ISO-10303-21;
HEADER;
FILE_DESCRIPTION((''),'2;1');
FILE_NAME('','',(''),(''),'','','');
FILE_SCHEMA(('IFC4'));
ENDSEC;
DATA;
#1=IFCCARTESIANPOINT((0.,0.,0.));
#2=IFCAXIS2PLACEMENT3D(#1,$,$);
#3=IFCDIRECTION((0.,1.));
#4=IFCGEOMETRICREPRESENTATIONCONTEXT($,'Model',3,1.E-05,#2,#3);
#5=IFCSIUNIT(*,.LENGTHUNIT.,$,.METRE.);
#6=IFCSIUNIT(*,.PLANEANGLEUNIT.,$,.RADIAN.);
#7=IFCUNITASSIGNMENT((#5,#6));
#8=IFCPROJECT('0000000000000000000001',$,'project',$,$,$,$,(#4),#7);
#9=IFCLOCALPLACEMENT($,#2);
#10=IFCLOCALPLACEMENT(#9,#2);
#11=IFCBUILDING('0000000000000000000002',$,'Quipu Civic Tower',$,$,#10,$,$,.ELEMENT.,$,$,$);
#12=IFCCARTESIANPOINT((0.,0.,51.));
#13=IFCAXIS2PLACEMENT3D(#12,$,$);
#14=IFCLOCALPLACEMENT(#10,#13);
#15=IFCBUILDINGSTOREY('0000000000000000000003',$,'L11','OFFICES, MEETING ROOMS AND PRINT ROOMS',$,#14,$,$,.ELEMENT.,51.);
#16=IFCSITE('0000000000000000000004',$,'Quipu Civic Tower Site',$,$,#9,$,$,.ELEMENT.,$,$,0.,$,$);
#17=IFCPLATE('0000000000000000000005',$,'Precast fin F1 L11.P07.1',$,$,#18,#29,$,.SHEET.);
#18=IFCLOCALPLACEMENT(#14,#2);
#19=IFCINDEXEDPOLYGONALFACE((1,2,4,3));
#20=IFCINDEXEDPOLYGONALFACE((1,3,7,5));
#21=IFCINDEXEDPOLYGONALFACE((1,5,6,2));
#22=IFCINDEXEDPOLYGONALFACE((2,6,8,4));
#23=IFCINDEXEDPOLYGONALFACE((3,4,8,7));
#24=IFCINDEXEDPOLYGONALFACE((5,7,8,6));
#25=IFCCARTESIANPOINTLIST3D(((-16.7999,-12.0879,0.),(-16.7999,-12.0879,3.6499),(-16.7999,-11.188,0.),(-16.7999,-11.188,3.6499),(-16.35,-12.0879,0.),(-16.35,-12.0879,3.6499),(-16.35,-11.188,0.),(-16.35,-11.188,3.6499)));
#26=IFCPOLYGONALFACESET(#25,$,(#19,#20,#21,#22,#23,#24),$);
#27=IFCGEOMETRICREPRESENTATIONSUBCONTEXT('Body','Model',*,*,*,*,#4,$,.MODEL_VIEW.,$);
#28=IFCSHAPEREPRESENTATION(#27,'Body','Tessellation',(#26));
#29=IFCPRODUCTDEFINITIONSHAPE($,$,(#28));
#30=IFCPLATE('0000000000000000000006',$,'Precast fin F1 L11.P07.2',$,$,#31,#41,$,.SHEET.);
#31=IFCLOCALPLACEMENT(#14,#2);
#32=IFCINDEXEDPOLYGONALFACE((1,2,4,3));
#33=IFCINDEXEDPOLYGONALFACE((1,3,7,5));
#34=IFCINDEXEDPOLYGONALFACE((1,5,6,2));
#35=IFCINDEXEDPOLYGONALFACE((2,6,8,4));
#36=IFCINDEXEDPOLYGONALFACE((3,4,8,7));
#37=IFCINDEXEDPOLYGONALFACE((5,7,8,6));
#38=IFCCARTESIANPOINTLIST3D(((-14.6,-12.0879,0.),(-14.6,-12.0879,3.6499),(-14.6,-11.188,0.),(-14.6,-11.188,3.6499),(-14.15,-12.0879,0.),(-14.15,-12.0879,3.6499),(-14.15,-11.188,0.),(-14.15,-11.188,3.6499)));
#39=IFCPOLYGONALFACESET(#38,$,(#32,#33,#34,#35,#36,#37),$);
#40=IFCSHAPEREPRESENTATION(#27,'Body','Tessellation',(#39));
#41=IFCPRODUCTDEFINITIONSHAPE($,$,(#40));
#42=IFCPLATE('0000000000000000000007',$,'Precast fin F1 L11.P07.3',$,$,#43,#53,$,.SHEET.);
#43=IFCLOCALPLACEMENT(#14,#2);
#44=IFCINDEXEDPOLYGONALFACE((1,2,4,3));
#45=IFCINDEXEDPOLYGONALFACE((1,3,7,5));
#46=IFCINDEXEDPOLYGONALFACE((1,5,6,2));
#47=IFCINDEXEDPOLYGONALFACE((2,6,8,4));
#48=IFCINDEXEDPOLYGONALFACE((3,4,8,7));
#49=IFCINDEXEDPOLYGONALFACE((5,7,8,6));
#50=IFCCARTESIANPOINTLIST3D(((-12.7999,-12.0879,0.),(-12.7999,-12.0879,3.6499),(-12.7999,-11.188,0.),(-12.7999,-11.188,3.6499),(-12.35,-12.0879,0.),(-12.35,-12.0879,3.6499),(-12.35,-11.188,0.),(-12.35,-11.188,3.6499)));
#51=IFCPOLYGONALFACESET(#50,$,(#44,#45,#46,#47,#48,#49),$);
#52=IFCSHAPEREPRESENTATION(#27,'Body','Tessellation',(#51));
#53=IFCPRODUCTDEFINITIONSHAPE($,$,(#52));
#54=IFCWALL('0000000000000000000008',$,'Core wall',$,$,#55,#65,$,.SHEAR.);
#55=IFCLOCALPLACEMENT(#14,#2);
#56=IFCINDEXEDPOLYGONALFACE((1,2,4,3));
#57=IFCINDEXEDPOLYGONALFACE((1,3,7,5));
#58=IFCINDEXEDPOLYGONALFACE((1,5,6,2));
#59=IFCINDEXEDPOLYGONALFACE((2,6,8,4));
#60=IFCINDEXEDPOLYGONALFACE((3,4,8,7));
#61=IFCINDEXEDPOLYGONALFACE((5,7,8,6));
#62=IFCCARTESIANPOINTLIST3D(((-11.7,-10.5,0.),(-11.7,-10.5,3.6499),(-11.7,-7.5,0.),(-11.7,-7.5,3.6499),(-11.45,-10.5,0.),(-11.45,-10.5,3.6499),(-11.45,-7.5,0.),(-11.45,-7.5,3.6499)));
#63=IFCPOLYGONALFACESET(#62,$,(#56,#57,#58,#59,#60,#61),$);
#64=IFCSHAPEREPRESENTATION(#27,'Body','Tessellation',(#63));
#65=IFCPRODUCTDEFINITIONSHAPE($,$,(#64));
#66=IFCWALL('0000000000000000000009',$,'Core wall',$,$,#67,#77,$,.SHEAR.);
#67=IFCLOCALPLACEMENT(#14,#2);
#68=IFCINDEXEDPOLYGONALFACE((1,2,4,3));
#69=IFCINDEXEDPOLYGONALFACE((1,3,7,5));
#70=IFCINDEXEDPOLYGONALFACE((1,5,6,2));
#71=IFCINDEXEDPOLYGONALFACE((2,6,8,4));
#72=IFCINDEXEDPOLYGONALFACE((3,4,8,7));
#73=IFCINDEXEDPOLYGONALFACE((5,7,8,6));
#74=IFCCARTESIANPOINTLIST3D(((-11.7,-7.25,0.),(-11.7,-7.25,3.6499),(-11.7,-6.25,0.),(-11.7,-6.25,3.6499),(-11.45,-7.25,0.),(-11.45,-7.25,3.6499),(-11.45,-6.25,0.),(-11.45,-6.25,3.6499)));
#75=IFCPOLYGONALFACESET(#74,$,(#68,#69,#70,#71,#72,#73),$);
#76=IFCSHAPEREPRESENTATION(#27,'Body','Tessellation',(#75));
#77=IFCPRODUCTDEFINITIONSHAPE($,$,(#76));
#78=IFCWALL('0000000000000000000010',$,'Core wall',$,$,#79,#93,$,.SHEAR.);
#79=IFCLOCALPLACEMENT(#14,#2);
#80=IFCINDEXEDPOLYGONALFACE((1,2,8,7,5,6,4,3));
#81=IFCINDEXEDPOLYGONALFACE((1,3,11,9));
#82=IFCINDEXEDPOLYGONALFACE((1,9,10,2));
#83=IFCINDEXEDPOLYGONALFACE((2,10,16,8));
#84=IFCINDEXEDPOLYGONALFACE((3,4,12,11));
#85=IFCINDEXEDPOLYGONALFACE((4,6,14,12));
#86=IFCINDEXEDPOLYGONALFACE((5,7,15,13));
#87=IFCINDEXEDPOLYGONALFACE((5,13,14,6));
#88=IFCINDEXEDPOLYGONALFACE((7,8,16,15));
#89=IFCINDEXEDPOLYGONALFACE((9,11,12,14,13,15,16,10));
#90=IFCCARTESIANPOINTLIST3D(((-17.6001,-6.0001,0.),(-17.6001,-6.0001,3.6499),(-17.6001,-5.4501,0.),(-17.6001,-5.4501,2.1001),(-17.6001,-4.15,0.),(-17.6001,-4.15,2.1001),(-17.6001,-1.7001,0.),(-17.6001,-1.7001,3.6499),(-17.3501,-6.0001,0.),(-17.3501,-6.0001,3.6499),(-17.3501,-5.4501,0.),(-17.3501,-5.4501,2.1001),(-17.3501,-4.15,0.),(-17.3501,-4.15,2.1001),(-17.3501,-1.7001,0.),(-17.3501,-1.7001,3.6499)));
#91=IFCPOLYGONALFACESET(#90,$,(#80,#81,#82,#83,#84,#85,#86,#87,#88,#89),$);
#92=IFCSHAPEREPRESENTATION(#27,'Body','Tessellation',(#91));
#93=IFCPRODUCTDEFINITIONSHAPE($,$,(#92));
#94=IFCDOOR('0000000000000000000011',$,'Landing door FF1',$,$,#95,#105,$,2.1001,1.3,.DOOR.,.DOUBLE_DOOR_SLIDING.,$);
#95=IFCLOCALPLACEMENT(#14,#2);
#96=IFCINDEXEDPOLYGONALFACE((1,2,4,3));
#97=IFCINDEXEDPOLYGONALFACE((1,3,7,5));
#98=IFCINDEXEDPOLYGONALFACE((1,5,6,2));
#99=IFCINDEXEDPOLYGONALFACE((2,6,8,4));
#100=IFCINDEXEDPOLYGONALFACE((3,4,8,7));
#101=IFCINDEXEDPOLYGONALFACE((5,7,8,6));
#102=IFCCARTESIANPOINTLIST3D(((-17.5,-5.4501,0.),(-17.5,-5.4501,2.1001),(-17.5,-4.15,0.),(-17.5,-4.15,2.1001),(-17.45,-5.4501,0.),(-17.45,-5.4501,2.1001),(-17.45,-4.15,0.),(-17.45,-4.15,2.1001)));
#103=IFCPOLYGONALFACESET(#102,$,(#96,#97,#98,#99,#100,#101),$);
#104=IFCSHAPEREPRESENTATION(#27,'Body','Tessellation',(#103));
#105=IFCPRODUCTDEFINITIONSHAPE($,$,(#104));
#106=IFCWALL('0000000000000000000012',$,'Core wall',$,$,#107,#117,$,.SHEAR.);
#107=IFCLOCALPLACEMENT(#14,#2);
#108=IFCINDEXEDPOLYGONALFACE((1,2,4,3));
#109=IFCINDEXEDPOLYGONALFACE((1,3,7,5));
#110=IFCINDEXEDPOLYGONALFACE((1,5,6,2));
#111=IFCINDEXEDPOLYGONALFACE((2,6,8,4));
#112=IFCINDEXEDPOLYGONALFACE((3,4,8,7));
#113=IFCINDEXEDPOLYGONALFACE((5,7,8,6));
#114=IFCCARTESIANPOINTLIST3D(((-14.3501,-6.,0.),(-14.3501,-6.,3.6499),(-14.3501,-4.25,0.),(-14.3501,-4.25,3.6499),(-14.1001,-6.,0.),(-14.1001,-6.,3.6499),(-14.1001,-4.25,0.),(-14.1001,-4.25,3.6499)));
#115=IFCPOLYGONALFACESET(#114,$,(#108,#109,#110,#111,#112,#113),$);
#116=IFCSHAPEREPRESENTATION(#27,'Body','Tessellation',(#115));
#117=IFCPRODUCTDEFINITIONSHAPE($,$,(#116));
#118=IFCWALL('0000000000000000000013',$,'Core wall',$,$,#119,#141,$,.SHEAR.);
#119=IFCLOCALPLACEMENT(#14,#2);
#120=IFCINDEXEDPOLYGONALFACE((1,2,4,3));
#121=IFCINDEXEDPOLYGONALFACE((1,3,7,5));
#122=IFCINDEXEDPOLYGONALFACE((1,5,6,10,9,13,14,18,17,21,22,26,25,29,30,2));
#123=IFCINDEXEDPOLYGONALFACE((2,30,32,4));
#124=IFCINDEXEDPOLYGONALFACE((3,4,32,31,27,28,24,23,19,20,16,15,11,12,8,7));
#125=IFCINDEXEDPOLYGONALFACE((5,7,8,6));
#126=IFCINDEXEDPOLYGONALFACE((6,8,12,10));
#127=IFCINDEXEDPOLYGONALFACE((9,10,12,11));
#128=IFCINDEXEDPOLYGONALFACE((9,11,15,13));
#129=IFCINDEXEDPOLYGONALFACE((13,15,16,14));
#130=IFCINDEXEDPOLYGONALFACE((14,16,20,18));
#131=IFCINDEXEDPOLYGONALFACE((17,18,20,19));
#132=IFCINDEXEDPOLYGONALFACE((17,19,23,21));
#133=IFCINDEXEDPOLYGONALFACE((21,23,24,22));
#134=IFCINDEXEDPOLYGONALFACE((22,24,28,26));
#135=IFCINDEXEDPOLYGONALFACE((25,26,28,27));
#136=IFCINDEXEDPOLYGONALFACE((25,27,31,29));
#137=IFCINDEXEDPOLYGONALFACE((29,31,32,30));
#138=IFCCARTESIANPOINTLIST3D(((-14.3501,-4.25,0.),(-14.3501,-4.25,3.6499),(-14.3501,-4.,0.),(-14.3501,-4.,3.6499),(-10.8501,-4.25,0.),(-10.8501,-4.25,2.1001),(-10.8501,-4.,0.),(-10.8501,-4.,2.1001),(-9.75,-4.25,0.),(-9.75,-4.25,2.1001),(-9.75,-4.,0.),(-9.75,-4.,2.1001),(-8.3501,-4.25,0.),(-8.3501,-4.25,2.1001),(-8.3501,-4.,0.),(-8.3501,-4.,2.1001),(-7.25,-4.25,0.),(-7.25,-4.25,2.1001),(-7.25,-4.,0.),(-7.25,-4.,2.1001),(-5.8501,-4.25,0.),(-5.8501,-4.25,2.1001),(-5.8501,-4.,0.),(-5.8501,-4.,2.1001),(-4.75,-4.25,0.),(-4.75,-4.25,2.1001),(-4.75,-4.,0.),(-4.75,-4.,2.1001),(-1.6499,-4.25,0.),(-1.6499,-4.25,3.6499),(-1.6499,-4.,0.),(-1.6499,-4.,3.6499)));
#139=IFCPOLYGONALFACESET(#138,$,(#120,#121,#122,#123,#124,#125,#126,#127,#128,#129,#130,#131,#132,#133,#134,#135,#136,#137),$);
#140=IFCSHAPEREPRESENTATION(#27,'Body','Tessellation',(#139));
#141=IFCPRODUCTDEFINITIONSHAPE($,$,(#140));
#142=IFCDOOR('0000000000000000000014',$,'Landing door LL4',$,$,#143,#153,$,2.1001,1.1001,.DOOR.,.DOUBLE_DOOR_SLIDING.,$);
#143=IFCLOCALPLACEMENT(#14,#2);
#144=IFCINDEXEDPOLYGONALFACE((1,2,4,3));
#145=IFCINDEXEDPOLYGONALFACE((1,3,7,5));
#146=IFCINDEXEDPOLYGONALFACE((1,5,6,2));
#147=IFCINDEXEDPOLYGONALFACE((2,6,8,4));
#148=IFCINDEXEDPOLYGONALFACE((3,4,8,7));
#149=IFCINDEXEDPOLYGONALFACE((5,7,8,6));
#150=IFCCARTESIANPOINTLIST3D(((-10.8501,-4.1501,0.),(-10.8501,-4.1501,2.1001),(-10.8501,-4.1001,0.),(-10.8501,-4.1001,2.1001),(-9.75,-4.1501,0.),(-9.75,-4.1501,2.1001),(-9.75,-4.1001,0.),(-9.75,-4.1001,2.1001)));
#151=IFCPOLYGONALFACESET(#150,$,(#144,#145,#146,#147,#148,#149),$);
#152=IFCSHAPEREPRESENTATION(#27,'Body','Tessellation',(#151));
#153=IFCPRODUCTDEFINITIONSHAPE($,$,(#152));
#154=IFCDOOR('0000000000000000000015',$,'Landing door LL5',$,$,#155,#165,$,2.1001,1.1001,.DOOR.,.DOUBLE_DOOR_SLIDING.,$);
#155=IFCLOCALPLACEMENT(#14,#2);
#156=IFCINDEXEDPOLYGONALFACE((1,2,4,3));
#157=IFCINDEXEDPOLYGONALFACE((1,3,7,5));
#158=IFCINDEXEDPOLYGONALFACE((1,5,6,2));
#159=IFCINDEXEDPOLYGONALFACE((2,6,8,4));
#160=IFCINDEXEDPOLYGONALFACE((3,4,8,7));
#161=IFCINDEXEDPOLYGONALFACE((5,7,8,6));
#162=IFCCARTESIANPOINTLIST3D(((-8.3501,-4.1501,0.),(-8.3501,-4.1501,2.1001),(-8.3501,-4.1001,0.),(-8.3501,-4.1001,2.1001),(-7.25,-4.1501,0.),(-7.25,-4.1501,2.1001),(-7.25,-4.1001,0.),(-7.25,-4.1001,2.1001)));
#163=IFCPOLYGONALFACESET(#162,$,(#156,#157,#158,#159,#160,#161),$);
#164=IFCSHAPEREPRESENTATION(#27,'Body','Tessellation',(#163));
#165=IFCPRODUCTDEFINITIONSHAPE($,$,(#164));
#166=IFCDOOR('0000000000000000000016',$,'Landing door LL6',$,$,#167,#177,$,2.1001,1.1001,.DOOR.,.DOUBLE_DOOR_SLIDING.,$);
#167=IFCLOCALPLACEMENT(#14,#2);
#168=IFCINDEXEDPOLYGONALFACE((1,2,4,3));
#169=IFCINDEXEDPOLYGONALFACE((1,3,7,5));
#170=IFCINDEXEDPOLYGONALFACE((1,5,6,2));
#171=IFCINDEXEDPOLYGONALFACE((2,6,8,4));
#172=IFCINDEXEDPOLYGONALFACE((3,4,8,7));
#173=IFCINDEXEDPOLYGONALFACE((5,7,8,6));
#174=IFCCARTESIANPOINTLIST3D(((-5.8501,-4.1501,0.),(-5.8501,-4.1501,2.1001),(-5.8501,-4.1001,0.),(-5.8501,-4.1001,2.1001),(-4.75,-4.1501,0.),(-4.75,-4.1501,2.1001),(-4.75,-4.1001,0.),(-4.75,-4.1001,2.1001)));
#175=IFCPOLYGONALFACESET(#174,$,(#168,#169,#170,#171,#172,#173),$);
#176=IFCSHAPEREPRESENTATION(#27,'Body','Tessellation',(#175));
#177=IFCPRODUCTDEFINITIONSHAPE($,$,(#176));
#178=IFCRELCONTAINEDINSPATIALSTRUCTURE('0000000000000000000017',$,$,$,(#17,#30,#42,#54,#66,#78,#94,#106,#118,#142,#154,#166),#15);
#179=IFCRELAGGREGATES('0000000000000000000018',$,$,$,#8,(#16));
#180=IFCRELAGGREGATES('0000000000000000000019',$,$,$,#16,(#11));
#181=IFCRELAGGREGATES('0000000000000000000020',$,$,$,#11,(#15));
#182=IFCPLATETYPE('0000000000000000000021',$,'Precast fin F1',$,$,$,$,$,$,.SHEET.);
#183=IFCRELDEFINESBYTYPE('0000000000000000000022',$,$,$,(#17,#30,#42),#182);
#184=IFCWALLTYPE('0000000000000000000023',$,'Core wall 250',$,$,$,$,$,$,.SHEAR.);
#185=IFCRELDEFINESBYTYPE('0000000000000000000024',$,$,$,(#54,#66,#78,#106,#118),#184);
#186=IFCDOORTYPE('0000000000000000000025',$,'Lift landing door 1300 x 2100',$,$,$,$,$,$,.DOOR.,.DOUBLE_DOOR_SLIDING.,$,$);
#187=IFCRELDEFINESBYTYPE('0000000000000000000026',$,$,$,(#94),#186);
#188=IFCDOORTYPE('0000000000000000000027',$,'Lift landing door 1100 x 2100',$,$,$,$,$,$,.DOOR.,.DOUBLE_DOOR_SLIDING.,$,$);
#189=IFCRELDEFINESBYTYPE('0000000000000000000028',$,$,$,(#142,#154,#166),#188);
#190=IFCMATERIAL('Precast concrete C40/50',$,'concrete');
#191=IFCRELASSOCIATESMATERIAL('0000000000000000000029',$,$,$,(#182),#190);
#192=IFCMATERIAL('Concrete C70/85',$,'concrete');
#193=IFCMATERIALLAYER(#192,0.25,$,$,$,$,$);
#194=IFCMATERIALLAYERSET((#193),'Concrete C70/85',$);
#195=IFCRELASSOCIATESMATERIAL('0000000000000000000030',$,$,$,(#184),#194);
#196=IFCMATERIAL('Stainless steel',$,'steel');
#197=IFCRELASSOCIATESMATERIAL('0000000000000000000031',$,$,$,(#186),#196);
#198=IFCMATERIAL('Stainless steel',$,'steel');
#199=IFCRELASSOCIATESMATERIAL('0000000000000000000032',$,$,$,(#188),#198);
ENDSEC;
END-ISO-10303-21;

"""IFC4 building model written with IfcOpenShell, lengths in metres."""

from ifc_helpers import new_model, si_unit, direction, frame, frame_2d, origin, origin_2d, place, context, subcontext, project, spatial, rectangle, extrude, material, layer, layer_set, type_object, element, fill, save


model = new_model("IFC4")

# Units and contexts
model_context = context("Model", 3, precision=1e-05, world=origin(), true_north=direction((0.0, 1.0)))
body_context = subcontext(model_context, "Body", "Model", "MODEL_VIEW")
ifc_project = project(units=[si_unit("LENGTHUNIT", "METRE"), si_unit("PLANEANGLEUNIT", "RADIAN")], contexts=[model_context])

# Site, building, storey
site_placement = place(None, origin())
site = spatial("IfcSite", under=ifc_project, at=site_placement, Name="Quipu Civic Tower Site", CompositionType="ELEMENT", RefElevation=0.0)
building_placement = place(site_placement, origin())
building = spatial("IfcBuilding", under=site, at=building_placement, Name="Quipu Civic Tower", CompositionType="ELEMENT")
storey_placement = place(building_placement, frame((0.0, 0.0, 51.0)))
storey = spatial("IfcBuildingStorey", under=building, at=storey_placement, Name="L11", Description="OFFICES, MEETING ROOMS AND PRINT ROOMS", CompositionType="ELEMENT", Elevation=51.0)

# Plates
ifc_material_1 = material(Name="Precast concrete C40/50", Category="concrete")
plate_type = type_object("IfcPlateType", Name="Precast fin F1", PredefinedType="SHEET", material=ifc_material_1)
for number, where, z_axis, x_axis, name in (
    (1, (-16.575, -11.6379, 0.0), (0.0, 0.0, 1.0), (1.0, 0.0, 0.0), "Precast fin F1 L11.P07.1"),
    (2, (-14.375, -11.6379, 0.0), (0.0, 0.0, 1.0), (1.0, 0.0, 0.0), "Precast fin F1 L11.P07.2"),
    (3, (-12.575, -11.6379, 0.0), (0.0, 0.0, 1.0), (1.0, 0.0, 0.0), "Precast fin F1 L11.P07.3"),
):
    element("IfcPlate", number, at=place(storey_placement, frame(where, z_axis=z_axis, x_axis=x_axis)), inside=storey, type_object=plate_type, Name=name, PredefinedType="SHEET", context=body_context, shape_type="SweptSolid", body=[
        extrude(rectangle(XDim=0.45, YDim=0.8999, at=origin_2d()), origin(), (0.0, 0.0, 1.0), 3.6499),
    ])

# Walls
ifc_material_2 = material(Name="Concrete C70/85", Category="concrete")
ifc_layer = layer(ifc_material_2, 0.25)
ifc_layer_set = layer_set([ifc_layer], Name="Concrete C70/85")
wall_type_1 = type_object("IfcWallType", Name="Core wall 250", PredefinedType="SHEAR", material=ifc_layer_set)
wall_1_placement = place(storey_placement, frame((-11.575, -10.5, 0.0), z_axis=(0.0, 0.0, 1.0), x_axis=(0.0, 1.0, 0.0)))
element("IfcWall", 4, at=wall_1_placement, inside=storey, type_object=wall_type_1, Name="Core wall", PredefinedType="SHEAR", context=body_context, shape_type="SweptSolid", body=[
    extrude(rectangle(XDim=3.0, YDim=0.25, at=frame_2d((1.5, 0.0))), origin(), (0.0, 0.0, 1.0), 3.6499),
])
wall_2_placement = place(storey_placement, frame((-11.575, -7.25, 0.0), z_axis=(0.0, 0.0, 1.0), x_axis=(0.0, 1.0, 0.0)))
element("IfcWall", 5, at=wall_2_placement, inside=storey, type_object=wall_type_1, Name="Core wall", PredefinedType="SHEAR", context=body_context, shape_type="SweptSolid", body=[
    extrude(rectangle(XDim=1.0, YDim=0.25, at=frame_2d((0.5, 0.0))), origin(), (0.0, 0.0, 1.0), 3.6499),
])

# Wall, opening, door
wall_3_placement = place(storey_placement, frame((-17.4751, -6.0, 0.0), z_axis=(0.0, 0.0, 1.0), x_axis=(0.0, 1.0, 0.0)))
wall_3 = element("IfcWall", 6, at=wall_3_placement, inside=storey, type_object=wall_type_1, Name="Core wall", PredefinedType="SHEAR", context=body_context, shape_type="SweptSolid", body=[
    extrude(rectangle(XDim=4.3, YDim=0.25, at=frame_2d((2.1499, 0.0))), origin(), (0.0, 0.0, 1.0), 3.6499),
])
opening_1_placement = place(wall_3_placement, frame((0.55, 0.0, 0.0)))
opening_1 = element("IfcOpeningElement", 7, at=opening_1_placement, cuts=wall_3, PredefinedType="OPENING", context=body_context, shape_type="SweptSolid", body=[
    extrude(rectangle(XDim=1.3, YDim=2.1001, at=frame_2d((0.6499, 1.05))), frame((0.0, 0.135, 0.0), z_axis=(0.0, -1.0, 0.0), x_axis=(1.0, 0.0, 0.0)), (0.0, 0.0, 1.0), 0.27),
])
ifc_material_3 = material(Name="Stainless steel", Category="steel")
door_type_1 = type_object("IfcDoorType", Name="Lift landing door 1300 x 2100", OperationType="DOUBLE_DOOR_SLIDING", PredefinedType="DOOR", material=ifc_material_3)
door_1_placement = place(opening_1_placement, origin())
door_1 = element("IfcDoor", 8, at=door_1_placement, inside=storey, type_object=door_type_1, Name="Landing door FF1", OperationType="DOUBLE_DOOR_SLIDING", OverallHeight=2.1001, OverallWidth=1.3, PredefinedType="DOOR", context=body_context, shape_type="SweptSolid", body=[
    extrude(rectangle(XDim=1.3, YDim=2.1001, at=frame_2d((0.6499, 1.05))), frame((0.0, 0.0249, 0.0), z_axis=(0.0, -1.0, 0.0), x_axis=(1.0, 0.0, 0.0)), (0.0, 0.0, 1.0), 0.05),
])
fill(opening_1, door_1)

# Wall
wall_4_placement = place(storey_placement, frame((-14.2251, -6.0, 0.0), z_axis=(0.0, 0.0, 1.0), x_axis=(0.0, 1.0, 0.0)))
element("IfcWall", 9, at=wall_4_placement, inside=storey, type_object=wall_type_1, Name="Core wall", PredefinedType="SHEAR", context=body_context, shape_type="SweptSolid", body=[
    extrude(rectangle(XDim=1.75, YDim=0.25, at=frame_2d((0.875, 0.0))), origin(), (0.0, 0.0, 1.0), 3.6499),
])

# Wall, openings, doors
wall_5_placement = place(storey_placement, frame((-14.3501, -4.125, 0.0), z_axis=(0.0, 0.0, 1.0), x_axis=(1.0, 0.0, 0.0)))
wall_5 = element("IfcWall", 10, at=wall_5_placement, inside=storey, type_object=wall_type_1, Name="Core wall", PredefinedType="SHEAR", context=body_context, shape_type="SweptSolid", body=[
    extrude(rectangle(XDim=12.7002, YDim=0.25, at=frame_2d((6.3501, 0.0))), origin(), (0.0, 0.0, 1.0), 3.6499),
])
opening_2_placement = place(wall_5_placement, frame((3.5, 0.0, 0.0)))
opening_2 = element("IfcOpeningElement", 11, at=opening_2_placement, cuts=wall_5, PredefinedType="OPENING", context=body_context, shape_type="SweptSolid", body=[
    extrude(rectangle(XDim=1.1001, YDim=2.1001, at=frame_2d((0.55, 1.05))), frame((0.0, 0.135, 0.0), z_axis=(0.0, -1.0, 0.0), x_axis=(1.0, 0.0, 0.0)), (0.0, 0.0, 1.0), 0.27),
])
opening_3_placement = place(wall_5_placement, frame((6.0, 0.0, 0.0)))
opening_3 = element("IfcOpeningElement", 12, at=opening_3_placement, cuts=wall_5, PredefinedType="OPENING", context=body_context, shape_type="SweptSolid", body=[
    extrude(rectangle(XDim=1.1001, YDim=2.1001, at=frame_2d((0.55, 1.05))), frame((0.0, 0.135, 0.0), z_axis=(0.0, -1.0, 0.0), x_axis=(1.0, 0.0, 0.0)), (0.0, 0.0, 1.0), 0.27),
])
opening_4_placement = place(wall_5_placement, frame((8.5, 0.0, 0.0)))
opening_4 = element("IfcOpeningElement", 13, at=opening_4_placement, cuts=wall_5, PredefinedType="OPENING", context=body_context, shape_type="SweptSolid", body=[
    extrude(rectangle(XDim=1.1001, YDim=2.1001, at=frame_2d((0.55, 1.05))), frame((0.0, 0.135, 0.0), z_axis=(0.0, -1.0, 0.0), x_axis=(1.0, 0.0, 0.0)), (0.0, 0.0, 1.0), 0.27),
])
ifc_material_4 = material(Name="Stainless steel", Category="steel")
door_type_2 = type_object("IfcDoorType", Name="Lift landing door 1100 x 2100", OperationType="DOUBLE_DOOR_SLIDING", PredefinedType="DOOR", material=ifc_material_4)
door_2_placement = place(opening_2_placement, origin())
door_2 = element("IfcDoor", 14, at=door_2_placement, inside=storey, type_object=door_type_2, Name="Landing door LL4", OperationType="DOUBLE_DOOR_SLIDING", OverallHeight=2.1001, OverallWidth=1.1001, PredefinedType="DOOR", context=body_context, shape_type="SweptSolid", body=[
    extrude(rectangle(XDim=1.1001, YDim=2.1001, at=frame_2d((0.55, 1.05))), frame((0.0, 0.0249, 0.0), z_axis=(0.0, -1.0, 0.0), x_axis=(1.0, 0.0, 0.0)), (0.0, 0.0, 1.0), 0.05),
])
fill(opening_2, door_2)
door_3_placement = place(opening_3_placement, origin())
door_3 = element("IfcDoor", 15, at=door_3_placement, inside=storey, type_object=door_type_2, Name="Landing door LL5", OperationType="DOUBLE_DOOR_SLIDING", OverallHeight=2.1001, OverallWidth=1.1001, PredefinedType="DOOR", context=body_context, shape_type="SweptSolid", body=[
    extrude(rectangle(XDim=1.1001, YDim=2.1001, at=frame_2d((0.55, 1.05))), frame((0.0, 0.0249, 0.0), z_axis=(0.0, -1.0, 0.0), x_axis=(1.0, 0.0, 0.0)), (0.0, 0.0, 1.0), 0.05),
])
fill(opening_3, door_3)
door_4_placement = place(opening_4_placement, origin())
door_4 = element("IfcDoor", 16, at=door_4_placement, inside=storey, type_object=door_type_2, Name="Landing door LL6", OperationType="DOUBLE_DOOR_SLIDING", OverallHeight=2.1001, OverallWidth=1.1001, PredefinedType="DOOR", context=body_context, shape_type="SweptSolid", body=[
    extrude(rectangle(XDim=1.1001, YDim=2.1001, at=frame_2d((0.55, 1.05))), frame((0.0, 0.0249, 0.0), z_axis=(0.0, -1.0, 0.0), x_axis=(1.0, 0.0, 0.0)), (0.0, 0.0, 1.0), 0.05),
])
fill(opening_4, door_4)

save(model, "model.ifc")
